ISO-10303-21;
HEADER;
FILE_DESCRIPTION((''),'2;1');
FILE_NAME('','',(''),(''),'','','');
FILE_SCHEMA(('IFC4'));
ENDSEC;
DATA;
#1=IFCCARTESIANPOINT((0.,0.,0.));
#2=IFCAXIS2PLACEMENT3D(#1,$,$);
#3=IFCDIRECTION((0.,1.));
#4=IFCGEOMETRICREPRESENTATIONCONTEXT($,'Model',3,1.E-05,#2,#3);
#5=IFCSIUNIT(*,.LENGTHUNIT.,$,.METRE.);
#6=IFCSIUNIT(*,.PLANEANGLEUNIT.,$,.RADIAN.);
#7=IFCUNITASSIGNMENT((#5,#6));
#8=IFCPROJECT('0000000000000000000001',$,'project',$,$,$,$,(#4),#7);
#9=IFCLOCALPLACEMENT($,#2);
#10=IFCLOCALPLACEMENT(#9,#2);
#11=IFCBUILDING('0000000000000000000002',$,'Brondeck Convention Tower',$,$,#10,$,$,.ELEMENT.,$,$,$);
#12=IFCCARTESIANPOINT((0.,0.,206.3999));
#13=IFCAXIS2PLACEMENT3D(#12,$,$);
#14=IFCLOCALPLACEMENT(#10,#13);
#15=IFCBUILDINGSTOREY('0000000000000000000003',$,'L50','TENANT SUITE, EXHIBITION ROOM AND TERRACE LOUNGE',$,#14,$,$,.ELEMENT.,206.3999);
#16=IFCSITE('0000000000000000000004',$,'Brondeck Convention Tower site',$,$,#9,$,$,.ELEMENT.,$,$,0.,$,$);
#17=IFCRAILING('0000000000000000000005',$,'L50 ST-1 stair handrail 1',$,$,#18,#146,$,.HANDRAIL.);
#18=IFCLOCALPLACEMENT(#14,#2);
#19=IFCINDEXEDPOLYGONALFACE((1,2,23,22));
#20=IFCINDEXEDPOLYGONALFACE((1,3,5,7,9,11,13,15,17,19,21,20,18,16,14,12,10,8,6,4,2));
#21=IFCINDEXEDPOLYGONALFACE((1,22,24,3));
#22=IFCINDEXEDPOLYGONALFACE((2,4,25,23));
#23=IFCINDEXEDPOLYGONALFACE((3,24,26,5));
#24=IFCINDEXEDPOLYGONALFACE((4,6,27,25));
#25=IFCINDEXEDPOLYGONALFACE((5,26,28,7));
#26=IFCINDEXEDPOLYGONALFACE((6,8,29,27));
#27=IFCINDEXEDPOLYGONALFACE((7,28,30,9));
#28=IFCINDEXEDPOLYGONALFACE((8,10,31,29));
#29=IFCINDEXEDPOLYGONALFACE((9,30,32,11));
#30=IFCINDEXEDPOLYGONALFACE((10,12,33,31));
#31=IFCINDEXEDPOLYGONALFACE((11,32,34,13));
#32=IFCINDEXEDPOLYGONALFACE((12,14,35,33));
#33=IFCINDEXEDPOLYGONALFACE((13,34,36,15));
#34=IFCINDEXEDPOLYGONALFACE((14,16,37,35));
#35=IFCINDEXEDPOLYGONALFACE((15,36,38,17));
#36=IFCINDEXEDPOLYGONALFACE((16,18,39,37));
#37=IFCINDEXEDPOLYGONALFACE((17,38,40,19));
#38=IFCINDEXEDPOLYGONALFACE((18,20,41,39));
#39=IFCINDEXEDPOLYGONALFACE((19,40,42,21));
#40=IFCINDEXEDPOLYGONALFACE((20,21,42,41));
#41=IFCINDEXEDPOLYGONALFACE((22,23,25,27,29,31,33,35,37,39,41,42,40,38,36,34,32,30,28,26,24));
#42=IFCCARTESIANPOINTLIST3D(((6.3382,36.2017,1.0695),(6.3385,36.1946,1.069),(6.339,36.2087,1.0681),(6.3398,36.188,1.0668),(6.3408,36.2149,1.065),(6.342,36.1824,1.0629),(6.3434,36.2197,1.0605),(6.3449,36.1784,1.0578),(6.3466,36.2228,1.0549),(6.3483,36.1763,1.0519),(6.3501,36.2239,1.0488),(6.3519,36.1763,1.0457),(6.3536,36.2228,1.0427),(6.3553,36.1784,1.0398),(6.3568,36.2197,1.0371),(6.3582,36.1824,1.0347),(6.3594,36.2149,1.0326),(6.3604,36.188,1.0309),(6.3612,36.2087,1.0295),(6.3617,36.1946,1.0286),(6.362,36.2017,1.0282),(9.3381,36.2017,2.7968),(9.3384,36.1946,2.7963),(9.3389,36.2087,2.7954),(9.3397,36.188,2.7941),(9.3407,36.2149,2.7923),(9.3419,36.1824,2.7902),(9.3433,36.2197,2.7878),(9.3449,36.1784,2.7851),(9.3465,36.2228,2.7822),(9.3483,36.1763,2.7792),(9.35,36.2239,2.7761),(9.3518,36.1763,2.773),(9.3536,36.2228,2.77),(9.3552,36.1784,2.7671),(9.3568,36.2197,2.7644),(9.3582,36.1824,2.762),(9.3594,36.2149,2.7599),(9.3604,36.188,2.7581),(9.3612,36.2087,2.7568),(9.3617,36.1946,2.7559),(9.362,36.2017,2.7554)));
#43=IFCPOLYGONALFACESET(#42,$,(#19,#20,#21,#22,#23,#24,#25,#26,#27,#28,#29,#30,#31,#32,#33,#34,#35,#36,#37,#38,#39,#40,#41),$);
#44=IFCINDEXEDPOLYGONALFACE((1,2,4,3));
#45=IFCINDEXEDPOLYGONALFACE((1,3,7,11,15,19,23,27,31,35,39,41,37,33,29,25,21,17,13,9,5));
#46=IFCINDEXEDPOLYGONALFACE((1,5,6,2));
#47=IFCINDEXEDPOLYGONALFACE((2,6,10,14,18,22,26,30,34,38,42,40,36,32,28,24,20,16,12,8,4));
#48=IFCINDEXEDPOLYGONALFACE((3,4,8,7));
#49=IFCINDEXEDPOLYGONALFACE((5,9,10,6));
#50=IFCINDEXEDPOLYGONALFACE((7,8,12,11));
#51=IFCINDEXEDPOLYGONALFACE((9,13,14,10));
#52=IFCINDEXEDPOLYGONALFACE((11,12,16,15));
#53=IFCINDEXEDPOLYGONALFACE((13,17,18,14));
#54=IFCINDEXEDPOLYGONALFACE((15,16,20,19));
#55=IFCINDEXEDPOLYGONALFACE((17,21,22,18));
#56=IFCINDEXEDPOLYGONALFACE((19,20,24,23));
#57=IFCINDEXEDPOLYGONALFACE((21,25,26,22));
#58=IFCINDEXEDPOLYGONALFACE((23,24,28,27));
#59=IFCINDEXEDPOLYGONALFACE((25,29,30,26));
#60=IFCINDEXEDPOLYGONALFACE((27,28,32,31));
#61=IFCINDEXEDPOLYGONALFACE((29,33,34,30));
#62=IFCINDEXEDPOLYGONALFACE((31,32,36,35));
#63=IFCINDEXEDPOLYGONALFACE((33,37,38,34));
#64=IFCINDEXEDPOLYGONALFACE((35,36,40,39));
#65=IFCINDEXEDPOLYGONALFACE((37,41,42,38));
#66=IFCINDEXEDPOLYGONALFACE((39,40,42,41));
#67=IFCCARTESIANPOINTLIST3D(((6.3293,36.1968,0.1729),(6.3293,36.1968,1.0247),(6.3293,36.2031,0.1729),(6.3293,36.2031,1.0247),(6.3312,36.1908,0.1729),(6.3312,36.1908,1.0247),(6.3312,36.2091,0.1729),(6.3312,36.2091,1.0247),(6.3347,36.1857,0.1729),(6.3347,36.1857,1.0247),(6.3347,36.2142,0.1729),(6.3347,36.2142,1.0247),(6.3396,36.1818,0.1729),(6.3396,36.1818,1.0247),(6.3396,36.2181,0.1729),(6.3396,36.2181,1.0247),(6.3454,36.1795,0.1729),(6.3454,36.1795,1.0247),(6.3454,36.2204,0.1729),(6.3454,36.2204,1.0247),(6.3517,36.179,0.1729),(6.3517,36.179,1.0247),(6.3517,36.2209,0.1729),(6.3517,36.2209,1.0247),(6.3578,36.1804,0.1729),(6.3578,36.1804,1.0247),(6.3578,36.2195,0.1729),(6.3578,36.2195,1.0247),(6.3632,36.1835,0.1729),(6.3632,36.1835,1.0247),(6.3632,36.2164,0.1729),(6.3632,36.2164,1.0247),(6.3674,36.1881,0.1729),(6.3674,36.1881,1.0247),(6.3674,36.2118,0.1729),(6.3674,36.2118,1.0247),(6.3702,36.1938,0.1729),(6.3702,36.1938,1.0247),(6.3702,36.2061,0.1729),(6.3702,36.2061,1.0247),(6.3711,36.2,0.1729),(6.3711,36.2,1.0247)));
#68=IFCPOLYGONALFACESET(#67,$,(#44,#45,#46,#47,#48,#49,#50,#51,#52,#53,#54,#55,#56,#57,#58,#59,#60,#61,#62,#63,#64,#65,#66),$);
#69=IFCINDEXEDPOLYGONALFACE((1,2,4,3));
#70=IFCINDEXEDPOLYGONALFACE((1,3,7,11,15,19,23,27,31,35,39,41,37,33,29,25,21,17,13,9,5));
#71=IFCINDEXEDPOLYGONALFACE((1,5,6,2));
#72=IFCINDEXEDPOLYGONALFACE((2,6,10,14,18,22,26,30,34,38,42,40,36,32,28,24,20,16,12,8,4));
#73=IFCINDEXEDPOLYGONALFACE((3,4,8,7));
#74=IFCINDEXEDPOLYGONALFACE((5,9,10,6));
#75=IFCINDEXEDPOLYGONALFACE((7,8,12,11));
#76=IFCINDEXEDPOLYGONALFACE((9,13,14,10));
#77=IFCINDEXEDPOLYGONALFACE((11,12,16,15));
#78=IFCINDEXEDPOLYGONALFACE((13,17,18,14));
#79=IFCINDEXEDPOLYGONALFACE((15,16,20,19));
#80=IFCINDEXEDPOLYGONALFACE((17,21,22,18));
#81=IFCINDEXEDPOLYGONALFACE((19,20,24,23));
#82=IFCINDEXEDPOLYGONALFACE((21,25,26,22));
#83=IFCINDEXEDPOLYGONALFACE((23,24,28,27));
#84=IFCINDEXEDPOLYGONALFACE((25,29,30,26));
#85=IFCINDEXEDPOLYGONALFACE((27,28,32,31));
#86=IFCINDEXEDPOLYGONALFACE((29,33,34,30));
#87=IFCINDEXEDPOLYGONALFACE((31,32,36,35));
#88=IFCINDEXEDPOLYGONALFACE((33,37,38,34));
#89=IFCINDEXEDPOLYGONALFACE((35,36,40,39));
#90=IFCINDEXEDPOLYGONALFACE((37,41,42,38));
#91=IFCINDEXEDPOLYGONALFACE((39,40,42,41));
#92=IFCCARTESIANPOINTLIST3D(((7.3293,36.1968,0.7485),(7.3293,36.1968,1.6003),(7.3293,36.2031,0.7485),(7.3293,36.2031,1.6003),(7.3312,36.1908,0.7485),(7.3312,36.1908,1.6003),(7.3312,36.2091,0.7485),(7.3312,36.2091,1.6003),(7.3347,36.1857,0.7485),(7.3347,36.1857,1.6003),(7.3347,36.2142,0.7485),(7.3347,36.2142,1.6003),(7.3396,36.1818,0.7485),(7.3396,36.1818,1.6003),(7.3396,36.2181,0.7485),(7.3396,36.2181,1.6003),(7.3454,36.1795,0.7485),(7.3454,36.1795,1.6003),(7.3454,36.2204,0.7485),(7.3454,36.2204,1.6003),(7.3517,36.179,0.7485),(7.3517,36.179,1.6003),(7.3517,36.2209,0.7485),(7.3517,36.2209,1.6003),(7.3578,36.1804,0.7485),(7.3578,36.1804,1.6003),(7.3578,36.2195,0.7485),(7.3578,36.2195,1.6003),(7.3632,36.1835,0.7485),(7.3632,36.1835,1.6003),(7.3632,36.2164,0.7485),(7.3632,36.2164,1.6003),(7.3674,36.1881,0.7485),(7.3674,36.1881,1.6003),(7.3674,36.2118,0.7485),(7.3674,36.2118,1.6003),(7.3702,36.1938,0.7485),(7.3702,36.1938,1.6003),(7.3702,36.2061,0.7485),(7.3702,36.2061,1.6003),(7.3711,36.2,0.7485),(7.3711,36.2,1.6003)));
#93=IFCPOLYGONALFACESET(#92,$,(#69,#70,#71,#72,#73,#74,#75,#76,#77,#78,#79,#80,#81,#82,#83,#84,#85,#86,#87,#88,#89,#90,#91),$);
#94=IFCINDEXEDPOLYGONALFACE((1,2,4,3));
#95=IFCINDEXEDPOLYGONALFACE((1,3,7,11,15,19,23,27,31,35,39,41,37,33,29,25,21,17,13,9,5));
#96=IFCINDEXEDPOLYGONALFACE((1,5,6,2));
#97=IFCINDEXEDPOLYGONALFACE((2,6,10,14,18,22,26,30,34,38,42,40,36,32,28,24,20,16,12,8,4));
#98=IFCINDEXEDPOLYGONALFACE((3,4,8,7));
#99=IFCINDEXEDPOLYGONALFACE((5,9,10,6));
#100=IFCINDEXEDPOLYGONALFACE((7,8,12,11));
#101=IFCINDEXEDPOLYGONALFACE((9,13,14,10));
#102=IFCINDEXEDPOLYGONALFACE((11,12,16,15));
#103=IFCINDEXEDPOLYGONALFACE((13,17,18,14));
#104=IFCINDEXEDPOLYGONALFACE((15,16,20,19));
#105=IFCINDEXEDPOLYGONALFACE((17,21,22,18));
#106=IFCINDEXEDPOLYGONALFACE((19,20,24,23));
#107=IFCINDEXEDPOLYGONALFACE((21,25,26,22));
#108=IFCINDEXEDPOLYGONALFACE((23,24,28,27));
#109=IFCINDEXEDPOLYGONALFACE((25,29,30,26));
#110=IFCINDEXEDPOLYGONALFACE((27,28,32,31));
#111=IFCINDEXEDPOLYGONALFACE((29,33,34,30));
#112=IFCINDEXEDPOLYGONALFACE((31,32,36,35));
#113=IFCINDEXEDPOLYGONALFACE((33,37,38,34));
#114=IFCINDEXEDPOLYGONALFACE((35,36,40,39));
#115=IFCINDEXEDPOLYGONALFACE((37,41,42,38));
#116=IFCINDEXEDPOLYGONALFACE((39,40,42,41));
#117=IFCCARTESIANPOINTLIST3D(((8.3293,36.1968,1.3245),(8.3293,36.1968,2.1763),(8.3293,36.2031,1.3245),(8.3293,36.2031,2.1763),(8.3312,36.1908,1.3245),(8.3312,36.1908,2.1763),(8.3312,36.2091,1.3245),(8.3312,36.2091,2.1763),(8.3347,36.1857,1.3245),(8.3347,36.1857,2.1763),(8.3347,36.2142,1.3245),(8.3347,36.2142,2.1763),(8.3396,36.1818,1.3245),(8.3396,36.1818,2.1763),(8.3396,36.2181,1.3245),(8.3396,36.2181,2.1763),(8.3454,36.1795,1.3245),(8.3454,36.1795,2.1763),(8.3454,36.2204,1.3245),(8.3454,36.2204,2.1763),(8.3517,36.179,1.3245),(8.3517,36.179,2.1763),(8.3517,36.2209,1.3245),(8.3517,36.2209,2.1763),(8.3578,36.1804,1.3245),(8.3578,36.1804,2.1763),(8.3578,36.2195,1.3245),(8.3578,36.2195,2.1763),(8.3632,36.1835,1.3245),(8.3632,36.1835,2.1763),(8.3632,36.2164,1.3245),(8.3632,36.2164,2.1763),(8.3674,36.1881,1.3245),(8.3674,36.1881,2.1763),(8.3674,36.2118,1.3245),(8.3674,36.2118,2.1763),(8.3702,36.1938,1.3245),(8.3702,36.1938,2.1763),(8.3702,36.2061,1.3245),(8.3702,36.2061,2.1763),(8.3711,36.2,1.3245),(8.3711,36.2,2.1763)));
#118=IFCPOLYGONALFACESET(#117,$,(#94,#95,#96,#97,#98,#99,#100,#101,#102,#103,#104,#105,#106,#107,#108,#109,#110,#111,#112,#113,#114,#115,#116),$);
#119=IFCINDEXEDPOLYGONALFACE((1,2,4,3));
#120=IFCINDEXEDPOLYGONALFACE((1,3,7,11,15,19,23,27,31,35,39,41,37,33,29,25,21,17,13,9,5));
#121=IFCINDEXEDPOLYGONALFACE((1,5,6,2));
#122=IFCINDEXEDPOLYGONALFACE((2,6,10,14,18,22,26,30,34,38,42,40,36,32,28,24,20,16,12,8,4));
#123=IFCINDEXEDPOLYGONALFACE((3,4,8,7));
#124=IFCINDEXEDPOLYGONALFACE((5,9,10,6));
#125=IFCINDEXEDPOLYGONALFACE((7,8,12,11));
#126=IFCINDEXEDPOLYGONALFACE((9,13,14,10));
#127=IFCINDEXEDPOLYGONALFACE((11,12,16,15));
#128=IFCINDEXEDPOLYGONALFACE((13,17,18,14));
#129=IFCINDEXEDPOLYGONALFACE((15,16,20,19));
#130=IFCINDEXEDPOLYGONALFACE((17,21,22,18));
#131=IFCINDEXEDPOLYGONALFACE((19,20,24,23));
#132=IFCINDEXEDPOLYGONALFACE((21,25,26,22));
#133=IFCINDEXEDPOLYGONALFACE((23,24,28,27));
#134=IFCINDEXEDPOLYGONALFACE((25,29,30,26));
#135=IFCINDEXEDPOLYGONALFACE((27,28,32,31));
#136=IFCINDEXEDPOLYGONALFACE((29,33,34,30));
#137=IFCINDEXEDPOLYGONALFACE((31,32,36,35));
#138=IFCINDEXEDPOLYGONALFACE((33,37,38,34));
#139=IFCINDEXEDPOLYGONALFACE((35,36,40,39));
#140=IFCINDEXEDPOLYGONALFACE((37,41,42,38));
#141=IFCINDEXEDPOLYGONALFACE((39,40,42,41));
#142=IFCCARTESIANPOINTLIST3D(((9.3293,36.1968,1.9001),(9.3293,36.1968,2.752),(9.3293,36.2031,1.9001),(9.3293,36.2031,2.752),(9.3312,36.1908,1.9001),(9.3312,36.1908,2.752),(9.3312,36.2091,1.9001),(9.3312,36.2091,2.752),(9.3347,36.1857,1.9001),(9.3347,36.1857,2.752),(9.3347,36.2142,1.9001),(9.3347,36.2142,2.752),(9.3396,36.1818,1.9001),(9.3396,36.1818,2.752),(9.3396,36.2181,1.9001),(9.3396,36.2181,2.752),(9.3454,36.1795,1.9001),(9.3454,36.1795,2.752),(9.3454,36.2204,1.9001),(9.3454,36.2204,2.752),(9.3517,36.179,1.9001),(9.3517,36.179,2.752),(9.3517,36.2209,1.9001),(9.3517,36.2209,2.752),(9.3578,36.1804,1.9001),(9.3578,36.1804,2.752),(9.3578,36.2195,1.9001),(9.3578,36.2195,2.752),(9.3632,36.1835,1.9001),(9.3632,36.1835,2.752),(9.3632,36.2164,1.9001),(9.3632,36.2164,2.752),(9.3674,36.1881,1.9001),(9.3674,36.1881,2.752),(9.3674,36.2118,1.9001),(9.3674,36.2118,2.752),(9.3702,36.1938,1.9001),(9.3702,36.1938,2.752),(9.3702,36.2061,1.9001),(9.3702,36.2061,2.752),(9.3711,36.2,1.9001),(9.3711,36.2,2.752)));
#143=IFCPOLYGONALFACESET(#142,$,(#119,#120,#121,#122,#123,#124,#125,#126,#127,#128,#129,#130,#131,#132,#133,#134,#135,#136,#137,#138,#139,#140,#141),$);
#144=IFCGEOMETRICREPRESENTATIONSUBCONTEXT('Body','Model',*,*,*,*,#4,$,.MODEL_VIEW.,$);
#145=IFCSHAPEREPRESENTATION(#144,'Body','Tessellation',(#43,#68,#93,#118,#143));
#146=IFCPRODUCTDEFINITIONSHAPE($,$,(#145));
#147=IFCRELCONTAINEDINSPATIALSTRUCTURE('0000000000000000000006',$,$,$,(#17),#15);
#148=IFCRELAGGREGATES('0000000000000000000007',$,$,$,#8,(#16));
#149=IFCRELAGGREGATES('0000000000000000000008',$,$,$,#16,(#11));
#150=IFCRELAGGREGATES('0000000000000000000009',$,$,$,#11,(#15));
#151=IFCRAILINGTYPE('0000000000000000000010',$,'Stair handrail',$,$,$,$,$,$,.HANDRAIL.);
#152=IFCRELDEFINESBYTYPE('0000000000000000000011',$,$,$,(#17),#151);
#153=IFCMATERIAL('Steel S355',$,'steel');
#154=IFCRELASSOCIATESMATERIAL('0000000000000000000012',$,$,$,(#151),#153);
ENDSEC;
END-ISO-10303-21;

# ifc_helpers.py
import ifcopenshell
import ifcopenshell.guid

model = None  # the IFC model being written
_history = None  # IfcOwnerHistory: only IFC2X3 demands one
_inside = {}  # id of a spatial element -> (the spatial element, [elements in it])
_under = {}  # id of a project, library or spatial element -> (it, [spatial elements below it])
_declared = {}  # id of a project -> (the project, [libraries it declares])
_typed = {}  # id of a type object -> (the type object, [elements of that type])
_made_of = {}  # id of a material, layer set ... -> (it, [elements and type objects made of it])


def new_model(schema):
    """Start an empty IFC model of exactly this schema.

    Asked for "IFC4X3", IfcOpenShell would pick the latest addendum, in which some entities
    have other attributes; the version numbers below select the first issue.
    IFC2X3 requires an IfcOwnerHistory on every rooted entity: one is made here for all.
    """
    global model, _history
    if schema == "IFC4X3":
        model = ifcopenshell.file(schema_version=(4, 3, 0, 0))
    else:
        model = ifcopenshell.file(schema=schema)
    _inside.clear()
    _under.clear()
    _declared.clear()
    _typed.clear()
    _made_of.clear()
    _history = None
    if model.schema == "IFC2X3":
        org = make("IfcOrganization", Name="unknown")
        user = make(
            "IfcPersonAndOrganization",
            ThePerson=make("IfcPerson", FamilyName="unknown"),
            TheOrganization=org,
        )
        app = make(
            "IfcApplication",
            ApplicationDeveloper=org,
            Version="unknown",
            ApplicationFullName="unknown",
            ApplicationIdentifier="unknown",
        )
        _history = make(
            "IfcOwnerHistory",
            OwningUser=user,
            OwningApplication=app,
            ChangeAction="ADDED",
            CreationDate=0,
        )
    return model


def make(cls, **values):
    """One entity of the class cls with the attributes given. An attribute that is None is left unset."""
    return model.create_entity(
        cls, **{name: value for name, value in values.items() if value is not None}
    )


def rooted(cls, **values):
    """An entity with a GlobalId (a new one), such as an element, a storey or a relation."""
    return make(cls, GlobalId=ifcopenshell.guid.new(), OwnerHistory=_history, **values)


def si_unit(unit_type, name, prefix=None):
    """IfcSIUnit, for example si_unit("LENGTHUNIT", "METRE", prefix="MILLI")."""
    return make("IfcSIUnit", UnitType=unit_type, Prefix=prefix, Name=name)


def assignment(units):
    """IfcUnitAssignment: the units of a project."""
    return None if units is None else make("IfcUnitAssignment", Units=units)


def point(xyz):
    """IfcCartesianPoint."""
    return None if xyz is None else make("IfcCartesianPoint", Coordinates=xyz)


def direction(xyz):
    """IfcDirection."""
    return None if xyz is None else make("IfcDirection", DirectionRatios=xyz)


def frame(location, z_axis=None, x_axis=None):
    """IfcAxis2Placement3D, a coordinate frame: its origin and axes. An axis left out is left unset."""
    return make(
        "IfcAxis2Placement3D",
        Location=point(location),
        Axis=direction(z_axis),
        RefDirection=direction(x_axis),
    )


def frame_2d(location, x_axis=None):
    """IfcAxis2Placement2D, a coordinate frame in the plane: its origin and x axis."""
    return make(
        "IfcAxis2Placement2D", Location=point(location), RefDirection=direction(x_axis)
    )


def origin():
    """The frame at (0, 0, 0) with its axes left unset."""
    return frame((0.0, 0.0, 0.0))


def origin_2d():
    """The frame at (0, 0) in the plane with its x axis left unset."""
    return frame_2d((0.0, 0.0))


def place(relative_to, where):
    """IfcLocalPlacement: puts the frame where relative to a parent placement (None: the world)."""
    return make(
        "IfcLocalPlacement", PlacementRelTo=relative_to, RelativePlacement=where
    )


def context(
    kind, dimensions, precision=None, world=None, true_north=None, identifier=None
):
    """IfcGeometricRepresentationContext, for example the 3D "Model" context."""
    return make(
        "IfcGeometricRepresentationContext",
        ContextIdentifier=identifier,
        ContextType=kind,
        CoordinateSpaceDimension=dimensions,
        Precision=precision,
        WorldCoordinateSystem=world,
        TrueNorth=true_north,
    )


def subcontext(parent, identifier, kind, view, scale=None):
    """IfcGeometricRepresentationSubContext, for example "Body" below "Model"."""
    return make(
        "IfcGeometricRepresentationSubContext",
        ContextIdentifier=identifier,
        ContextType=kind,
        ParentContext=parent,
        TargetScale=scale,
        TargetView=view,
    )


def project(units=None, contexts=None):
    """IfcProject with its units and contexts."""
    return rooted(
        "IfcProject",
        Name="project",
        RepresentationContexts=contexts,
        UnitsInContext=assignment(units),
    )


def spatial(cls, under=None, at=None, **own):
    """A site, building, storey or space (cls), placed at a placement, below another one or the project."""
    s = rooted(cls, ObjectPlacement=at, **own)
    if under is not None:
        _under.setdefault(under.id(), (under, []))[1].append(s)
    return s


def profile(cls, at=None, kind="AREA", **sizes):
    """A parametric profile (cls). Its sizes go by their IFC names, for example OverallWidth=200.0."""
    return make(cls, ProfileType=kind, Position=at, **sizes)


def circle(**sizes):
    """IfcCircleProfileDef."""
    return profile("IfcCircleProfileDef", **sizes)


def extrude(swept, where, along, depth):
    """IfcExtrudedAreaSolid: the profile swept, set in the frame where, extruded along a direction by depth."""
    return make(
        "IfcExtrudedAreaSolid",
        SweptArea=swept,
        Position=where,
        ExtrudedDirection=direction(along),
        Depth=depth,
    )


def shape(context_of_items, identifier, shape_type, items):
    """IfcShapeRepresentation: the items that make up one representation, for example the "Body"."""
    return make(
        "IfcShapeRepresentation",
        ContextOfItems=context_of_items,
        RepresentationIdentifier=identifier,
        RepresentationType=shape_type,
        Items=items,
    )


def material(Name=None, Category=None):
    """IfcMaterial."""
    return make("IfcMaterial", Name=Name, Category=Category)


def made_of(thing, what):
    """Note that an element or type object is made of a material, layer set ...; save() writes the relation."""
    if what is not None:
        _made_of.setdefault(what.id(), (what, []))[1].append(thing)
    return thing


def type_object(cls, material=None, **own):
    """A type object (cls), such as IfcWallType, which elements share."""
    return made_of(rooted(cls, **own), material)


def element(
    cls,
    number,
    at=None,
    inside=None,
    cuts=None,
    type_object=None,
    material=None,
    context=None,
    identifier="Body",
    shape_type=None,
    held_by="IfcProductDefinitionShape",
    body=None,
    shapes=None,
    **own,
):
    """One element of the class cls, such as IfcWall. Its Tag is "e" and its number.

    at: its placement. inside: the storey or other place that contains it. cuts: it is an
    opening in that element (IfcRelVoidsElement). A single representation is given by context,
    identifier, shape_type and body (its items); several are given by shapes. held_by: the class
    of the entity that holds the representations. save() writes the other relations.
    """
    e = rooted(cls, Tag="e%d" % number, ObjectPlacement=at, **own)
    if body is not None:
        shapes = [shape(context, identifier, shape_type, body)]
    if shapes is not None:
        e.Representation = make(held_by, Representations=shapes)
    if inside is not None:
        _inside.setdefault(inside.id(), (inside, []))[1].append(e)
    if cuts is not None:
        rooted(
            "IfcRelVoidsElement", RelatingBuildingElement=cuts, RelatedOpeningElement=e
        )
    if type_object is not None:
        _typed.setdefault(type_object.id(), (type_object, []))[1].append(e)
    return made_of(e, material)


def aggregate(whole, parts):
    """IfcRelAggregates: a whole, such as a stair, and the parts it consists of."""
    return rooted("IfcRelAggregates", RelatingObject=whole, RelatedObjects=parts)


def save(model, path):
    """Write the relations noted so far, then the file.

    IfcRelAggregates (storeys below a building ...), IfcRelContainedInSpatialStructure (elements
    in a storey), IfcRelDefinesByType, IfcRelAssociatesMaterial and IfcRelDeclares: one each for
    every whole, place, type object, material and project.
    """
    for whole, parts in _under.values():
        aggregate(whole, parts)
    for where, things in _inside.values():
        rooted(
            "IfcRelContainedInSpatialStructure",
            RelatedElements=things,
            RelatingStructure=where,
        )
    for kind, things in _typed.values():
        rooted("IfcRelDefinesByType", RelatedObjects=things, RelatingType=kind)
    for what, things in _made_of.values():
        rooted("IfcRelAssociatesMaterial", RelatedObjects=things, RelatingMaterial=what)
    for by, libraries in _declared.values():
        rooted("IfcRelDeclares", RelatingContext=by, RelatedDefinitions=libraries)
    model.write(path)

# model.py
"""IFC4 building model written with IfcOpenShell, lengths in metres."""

from ifc_helpers import new_model, si_unit, direction, frame, origin, origin_2d, place, context, subcontext, project, spatial, circle, extrude, material, type_object, element, save


model = new_model("IFC4")

# Units and contexts
model_context = context("Model", 3, precision=1e-05, world=origin(), true_north=direction((0.0, 1.0)))
body_context = subcontext(model_context, "Body", "Model", "MODEL_VIEW")
ifc_project = project(units=[si_unit("LENGTHUNIT", "METRE"), si_unit("PLANEANGLEUNIT", "RADIAN")], contexts=[model_context])

# Site, building, storey
site_placement = place(None, origin())
site = spatial("IfcSite", under=ifc_project, at=site_placement, Name="Brondeck Convention Tower site", CompositionType="ELEMENT", RefElevation=0.0)
building_placement = place(site_placement, origin())
building = spatial("IfcBuilding", under=site, at=building_placement, Name="Brondeck Convention Tower", CompositionType="ELEMENT")
storey_placement = place(building_placement, frame((0.0, 0.0, 206.3999)))
storey = spatial("IfcBuildingStorey", under=building, at=storey_placement, Name="L50", Description="TENANT SUITE, EXHIBITION ROOM AND TERRACE LOUNGE", CompositionType="ELEMENT", Elevation=206.3999)

# Shared definitions
ifc_material_1 = material(Name="Steel S355", Category="steel")

# Railing
railing_type_1 = type_object("IfcRailingType", Name="Stair handrail", PredefinedType="HANDRAIL", material=ifc_material_1)
railing_1_placement = place(storey_placement, frame((6.3501, 36.2, 0.1729)))
element("IfcRailing", 1, at=railing_1_placement, inside=storey, type_object=railing_type_1, Name="L50 ST-1 stair handrail 1", PredefinedType="HANDRAIL", context=body_context, shape_type="SweptSolid", body=[
    extrude(circle(Radius=0.0239, at=origin_2d()), frame((0.0, 0.0, 0.876), z_axis=(0.86662, 0.0, 0.498969), x_axis=(0.0, 1.0, 0.0)), (0.0, 0.0, 1.0), 3.4617),
    extrude(circle(Radius=0.021, at=origin_2d()), origin(), (0.0, 0.0, 1.0), 0.8518),
    extrude(circle(Radius=0.021, at=origin_2d()), frame((1.0, 0.0, 0.5757)), (0.0, 0.0, 1.0), 0.8518),
    extrude(circle(Radius=0.021, at=origin_2d()), frame((2.0, 0.0, 1.1516)), (0.0, 0.0, 1.0), 0.8518),
    extrude(circle(Radius=0.021, at=origin_2d()), frame((3.0, 0.0, 1.7273)), (0.0, 0.0, 1.0), 0.8518),
])

save(model, "model.ifc")
